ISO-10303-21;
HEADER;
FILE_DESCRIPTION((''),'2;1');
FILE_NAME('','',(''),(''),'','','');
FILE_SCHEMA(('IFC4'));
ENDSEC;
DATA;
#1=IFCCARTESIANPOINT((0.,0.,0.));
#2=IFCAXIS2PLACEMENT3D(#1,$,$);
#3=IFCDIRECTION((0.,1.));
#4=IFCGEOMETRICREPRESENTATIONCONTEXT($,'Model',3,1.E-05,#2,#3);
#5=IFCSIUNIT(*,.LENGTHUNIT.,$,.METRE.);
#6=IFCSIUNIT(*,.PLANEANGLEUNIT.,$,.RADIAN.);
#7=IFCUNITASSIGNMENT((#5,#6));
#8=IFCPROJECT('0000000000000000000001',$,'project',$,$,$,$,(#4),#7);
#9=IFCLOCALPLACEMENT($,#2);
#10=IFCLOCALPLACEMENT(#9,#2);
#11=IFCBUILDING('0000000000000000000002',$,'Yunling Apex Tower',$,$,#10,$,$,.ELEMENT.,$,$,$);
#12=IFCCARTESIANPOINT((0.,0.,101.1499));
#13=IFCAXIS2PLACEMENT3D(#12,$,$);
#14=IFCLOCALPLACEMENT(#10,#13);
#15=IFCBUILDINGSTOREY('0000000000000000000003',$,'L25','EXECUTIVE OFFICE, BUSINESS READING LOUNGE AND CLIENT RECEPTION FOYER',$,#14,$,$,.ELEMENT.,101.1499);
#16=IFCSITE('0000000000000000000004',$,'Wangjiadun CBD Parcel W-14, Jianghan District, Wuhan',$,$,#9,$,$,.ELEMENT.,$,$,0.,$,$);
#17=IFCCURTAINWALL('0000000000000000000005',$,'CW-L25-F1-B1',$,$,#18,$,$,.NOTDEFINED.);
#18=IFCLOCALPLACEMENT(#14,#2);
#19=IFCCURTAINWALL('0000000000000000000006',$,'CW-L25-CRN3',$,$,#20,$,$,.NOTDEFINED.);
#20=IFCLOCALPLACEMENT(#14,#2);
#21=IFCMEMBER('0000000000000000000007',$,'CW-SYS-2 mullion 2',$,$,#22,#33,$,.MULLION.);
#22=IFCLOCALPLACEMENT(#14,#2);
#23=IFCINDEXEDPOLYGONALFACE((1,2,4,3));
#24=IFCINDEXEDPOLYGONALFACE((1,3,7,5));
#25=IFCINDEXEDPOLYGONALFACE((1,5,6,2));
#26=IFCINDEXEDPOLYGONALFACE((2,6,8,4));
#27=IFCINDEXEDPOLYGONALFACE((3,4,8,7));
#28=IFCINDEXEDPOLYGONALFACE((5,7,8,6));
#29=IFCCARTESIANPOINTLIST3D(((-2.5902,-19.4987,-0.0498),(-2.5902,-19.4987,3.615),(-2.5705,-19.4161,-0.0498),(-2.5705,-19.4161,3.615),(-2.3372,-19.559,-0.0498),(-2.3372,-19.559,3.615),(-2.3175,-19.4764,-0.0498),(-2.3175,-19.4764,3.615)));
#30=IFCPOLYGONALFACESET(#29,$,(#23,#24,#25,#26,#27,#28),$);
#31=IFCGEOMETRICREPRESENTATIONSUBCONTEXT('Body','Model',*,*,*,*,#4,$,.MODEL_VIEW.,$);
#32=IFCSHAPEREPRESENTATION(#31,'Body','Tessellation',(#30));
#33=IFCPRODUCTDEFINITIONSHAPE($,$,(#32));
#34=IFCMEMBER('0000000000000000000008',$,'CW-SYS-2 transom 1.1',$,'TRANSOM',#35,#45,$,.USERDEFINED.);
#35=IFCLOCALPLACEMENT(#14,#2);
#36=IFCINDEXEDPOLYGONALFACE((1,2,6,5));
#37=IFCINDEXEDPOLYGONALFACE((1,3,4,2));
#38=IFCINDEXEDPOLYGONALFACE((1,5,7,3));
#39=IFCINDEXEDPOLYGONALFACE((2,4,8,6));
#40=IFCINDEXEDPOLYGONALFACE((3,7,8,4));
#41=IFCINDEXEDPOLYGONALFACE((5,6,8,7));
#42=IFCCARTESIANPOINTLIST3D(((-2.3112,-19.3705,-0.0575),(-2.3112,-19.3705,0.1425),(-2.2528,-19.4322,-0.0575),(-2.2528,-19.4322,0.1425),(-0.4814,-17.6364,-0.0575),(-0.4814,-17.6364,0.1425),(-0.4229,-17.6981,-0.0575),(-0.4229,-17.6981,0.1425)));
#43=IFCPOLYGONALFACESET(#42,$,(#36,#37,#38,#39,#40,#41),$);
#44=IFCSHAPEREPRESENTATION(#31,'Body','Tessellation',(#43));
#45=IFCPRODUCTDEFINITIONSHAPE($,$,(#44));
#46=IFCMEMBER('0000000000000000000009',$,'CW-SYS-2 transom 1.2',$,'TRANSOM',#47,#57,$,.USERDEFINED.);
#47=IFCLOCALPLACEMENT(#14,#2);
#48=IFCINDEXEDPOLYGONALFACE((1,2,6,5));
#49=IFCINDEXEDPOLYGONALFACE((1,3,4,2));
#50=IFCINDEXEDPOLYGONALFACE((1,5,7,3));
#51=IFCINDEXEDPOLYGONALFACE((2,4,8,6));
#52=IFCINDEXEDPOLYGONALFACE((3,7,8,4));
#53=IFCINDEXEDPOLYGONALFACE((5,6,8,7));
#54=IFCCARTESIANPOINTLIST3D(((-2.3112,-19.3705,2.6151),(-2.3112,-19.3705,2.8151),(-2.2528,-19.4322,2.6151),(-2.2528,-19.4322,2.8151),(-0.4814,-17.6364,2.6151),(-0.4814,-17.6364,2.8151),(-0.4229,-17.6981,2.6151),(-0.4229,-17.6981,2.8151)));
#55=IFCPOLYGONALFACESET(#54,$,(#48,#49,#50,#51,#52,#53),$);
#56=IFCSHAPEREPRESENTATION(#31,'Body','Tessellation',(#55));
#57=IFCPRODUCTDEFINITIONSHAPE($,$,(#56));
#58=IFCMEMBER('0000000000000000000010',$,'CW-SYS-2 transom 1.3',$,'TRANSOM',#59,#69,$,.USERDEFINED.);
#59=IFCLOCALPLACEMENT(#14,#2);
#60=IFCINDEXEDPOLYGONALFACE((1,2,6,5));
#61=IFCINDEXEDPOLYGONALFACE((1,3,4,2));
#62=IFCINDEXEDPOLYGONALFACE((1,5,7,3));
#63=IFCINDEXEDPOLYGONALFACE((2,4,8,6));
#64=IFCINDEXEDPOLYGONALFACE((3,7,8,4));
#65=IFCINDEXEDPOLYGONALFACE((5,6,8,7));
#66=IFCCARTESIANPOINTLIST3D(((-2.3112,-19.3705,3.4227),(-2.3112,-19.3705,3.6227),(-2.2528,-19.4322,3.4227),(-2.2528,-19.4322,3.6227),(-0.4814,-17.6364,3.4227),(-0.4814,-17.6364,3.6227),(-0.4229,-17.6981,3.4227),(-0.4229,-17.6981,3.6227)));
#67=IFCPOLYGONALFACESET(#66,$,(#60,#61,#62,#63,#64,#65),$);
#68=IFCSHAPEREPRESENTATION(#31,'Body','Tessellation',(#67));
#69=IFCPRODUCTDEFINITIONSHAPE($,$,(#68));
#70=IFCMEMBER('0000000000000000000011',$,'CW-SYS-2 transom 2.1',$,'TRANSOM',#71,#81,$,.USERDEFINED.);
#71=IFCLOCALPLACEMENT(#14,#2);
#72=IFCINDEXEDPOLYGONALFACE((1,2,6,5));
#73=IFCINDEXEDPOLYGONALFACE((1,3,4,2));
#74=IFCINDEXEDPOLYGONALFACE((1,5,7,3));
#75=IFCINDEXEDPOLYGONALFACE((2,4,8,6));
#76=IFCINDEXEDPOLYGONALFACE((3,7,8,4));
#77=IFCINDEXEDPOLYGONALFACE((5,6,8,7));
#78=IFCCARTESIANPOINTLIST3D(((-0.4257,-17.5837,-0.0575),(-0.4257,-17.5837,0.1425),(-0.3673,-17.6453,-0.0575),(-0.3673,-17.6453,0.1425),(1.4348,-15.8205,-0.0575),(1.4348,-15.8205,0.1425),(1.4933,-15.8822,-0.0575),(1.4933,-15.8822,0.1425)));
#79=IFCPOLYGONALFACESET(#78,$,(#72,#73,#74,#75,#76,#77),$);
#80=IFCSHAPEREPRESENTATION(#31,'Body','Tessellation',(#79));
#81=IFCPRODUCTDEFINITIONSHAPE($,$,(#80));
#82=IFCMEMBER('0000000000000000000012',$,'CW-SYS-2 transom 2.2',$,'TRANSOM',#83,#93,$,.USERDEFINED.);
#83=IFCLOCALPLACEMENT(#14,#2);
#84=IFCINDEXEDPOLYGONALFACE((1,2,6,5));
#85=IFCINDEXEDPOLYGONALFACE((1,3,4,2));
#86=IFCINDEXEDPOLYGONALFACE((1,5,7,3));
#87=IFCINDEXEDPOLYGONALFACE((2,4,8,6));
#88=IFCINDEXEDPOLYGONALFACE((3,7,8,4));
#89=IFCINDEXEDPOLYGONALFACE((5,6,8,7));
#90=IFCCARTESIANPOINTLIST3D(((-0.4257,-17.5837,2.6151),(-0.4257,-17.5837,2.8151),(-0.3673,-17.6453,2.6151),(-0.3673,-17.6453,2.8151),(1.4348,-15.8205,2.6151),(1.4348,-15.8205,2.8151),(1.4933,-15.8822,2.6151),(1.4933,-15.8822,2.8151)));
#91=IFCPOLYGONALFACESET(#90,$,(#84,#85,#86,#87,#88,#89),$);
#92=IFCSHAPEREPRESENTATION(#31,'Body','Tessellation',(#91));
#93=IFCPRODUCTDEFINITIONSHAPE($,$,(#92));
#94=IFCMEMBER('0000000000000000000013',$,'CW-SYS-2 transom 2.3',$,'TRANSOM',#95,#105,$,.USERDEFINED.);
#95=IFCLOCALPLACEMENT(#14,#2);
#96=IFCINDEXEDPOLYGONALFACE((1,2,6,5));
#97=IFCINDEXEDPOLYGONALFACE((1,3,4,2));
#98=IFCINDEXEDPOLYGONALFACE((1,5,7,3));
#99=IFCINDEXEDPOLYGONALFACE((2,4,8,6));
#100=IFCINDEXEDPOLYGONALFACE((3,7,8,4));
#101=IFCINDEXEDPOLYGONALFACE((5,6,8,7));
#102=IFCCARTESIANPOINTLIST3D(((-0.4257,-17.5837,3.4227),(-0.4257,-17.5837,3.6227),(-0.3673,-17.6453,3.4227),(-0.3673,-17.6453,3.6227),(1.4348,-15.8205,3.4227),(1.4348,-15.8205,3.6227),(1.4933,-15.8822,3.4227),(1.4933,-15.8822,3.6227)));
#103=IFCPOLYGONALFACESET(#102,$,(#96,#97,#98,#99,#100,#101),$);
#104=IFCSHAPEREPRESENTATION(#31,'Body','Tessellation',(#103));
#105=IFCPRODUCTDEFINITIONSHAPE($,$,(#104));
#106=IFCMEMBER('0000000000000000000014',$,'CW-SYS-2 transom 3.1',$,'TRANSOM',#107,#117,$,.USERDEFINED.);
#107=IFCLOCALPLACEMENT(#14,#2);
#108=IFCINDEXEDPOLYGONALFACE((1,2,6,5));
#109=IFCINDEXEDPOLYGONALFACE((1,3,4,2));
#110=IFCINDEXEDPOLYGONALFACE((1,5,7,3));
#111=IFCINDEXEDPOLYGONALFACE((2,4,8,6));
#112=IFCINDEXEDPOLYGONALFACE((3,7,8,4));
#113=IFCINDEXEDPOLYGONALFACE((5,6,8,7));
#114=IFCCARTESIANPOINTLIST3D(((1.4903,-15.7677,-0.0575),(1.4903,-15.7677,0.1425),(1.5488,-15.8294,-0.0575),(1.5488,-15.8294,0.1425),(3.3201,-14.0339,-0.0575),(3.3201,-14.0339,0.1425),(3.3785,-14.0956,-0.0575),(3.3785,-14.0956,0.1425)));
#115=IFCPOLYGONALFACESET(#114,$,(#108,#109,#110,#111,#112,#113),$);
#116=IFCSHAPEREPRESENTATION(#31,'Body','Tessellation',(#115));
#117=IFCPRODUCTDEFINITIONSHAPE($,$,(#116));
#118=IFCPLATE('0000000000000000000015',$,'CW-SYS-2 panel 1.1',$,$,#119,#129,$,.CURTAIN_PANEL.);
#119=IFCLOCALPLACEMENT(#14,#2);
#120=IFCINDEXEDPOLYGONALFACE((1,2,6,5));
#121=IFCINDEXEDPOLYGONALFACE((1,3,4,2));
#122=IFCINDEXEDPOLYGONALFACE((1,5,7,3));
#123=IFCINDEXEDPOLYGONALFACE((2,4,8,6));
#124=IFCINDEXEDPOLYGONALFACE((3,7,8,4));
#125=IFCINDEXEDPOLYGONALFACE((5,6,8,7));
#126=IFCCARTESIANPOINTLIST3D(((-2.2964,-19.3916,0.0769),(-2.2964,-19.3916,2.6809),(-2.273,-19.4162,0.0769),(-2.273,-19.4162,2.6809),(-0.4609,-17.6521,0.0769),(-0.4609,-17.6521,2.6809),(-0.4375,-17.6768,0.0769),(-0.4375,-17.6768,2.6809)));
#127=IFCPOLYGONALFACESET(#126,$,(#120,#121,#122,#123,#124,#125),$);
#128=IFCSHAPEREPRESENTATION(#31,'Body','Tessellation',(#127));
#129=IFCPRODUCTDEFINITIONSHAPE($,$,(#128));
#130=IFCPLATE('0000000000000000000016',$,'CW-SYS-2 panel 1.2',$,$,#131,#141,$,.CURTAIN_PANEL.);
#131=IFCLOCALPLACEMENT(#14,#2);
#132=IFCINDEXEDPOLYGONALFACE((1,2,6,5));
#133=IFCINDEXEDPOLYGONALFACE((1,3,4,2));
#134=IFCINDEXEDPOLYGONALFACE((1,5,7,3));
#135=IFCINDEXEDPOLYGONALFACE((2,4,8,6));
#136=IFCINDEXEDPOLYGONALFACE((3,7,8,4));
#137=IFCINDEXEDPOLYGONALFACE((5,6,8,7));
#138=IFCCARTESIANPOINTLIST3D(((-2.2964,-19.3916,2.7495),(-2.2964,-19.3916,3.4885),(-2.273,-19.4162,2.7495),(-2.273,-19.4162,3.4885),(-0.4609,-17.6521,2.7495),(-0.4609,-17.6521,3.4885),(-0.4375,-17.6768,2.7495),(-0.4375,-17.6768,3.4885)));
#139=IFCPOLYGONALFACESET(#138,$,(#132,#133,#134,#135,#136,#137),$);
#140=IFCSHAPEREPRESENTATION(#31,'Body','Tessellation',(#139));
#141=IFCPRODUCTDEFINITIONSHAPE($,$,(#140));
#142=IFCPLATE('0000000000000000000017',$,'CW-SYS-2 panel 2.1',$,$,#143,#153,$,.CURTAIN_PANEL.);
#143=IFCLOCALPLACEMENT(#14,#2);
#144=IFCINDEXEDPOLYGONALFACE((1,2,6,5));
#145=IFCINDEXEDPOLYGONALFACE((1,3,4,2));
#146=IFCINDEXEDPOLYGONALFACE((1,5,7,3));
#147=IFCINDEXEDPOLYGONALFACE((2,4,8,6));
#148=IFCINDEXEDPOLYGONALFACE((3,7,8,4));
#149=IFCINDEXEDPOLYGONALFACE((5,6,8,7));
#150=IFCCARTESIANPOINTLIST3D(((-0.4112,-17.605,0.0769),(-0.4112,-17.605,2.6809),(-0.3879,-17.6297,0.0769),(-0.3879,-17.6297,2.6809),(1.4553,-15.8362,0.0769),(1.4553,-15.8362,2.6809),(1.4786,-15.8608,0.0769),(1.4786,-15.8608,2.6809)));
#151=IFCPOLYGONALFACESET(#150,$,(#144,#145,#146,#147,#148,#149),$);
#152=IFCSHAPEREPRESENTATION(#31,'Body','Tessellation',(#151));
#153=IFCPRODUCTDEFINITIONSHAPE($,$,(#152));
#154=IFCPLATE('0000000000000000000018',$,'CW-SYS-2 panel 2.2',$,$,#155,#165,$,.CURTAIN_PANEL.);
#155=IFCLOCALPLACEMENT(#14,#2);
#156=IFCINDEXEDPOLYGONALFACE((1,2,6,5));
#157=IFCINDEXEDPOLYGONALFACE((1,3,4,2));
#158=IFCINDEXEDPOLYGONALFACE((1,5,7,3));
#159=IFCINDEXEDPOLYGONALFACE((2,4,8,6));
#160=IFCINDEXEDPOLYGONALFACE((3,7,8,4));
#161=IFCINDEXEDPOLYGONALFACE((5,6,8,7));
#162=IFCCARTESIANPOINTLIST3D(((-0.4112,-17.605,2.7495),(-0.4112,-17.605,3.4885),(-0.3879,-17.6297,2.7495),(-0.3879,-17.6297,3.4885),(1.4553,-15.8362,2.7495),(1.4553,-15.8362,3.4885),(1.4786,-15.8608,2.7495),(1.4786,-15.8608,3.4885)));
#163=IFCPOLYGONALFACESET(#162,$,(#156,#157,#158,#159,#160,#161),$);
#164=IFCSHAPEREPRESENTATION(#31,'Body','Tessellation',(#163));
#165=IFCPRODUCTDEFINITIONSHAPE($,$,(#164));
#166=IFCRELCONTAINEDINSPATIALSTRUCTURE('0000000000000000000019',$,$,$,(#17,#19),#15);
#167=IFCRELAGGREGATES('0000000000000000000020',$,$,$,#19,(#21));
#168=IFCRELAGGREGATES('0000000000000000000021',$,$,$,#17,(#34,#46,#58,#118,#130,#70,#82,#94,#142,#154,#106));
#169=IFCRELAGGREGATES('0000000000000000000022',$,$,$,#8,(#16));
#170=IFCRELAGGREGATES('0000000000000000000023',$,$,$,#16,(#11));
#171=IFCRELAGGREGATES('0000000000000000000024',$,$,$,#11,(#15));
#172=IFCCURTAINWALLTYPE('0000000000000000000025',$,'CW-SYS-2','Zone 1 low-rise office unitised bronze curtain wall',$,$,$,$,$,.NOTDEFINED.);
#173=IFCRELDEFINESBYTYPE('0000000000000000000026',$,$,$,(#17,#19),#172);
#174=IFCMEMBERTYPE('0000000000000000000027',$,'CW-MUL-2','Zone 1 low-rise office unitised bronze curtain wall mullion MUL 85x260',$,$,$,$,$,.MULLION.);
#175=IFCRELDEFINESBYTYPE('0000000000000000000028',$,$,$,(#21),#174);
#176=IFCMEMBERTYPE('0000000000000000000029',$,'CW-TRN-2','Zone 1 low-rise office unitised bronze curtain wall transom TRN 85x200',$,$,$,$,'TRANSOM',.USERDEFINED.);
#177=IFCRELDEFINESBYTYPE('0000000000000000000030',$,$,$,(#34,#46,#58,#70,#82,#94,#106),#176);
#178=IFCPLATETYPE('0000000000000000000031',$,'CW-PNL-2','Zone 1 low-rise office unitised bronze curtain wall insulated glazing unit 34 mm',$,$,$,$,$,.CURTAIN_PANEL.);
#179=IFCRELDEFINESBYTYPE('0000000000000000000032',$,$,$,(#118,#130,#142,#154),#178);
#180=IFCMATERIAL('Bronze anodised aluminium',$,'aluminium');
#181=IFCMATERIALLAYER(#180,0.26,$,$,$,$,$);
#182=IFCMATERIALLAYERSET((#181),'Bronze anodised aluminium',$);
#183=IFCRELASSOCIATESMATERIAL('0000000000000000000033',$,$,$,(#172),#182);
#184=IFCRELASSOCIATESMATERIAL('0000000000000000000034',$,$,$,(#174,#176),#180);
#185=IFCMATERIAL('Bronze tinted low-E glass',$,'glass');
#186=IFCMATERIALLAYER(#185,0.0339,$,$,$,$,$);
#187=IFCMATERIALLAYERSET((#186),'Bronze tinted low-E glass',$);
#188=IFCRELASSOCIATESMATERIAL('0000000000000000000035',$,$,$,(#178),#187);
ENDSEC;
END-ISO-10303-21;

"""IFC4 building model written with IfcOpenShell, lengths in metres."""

from ifc_helpers import new_model, si_unit, direction, frame, origin, origin_2d, place, context, subcontext, project, spatial, rectangle, extrude, source, transform, mapped, material, layer, layer_set, material_profile, profile_set, type_object, element, aggregate, save


model = new_model("IFC4")

# Units and contexts
model_context = context("Model", 3, precision=1e-05, world=origin(), true_north=direction((0.0, 1.0)))
body_context = subcontext(model_context, "Body", "Model", "MODEL_VIEW")
ifc_project = project(units=[si_unit("LENGTHUNIT", "METRE"), si_unit("PLANEANGLEUNIT", "RADIAN")], contexts=[model_context])

# Site, building, storey
site_placement = place(None, origin())
site = spatial("IfcSite", under=ifc_project, at=site_placement, Name="Wangjiadun CBD Parcel W-14, Jianghan District, Wuhan", CompositionType="ELEMENT", RefElevation=0.0)
building_placement = place(site_placement, origin())
building = spatial("IfcBuilding", under=site, at=building_placement, Name="Yunling Apex Tower", CompositionType="ELEMENT")
storey_placement = place(building_placement, frame((0.0, 0.0, 101.1499)))
storey = spatial("IfcBuildingStorey", under=building, at=storey_placement, Name="L25", Description="EXECUTIVE OFFICE, BUSINESS READING LOUNGE AND CLIENT RECEPTION FOYER", CompositionType="ELEMENT", Elevation=101.1499)

# Curtain wall
ifc_material_1 = material(Name="Bronze anodised aluminium", Category="aluminium")
ifc_layer_1 = layer(ifc_material_1, 0.26)
ifc_layer_set_1 = layer_set([ifc_layer_1], Name="Bronze anodised aluminium")
curtain_wall_type = type_object("IfcCurtainWallType", Name="CW-SYS-2", Description="Zone 1 low-rise office unitised bronze curtain wall", PredefinedType="NOTDEFINED", material=ifc_layer_set_1)
curtain_wall_1_placement = place(storey_placement, origin())
curtain_wall_1 = element("IfcCurtainWall", 1, at=curtain_wall_1_placement, inside=storey, type_object=curtain_wall_type, Name="CW-L25-F1-B1", PredefinedType="NOTDEFINED")
ifc_material_profile_1 = material_profile(ifc_material_1, rectangle(XDim=0.085, YDim=0.26, at=origin_2d()))
ifc_profile_set_1 = profile_set([ifc_material_profile_1], Name="Bronze anodised aluminium")
member_type_1 = type_object("IfcMemberType", Name="CW-MUL-2", Description="Zone 1 low-rise office unitised bronze curtain wall mullion MUL 85x260", PredefinedType="MULLION", material=ifc_profile_set_1)
shared_shape_1 = source(origin(), body_context, "Body", "SweptSolid", [
    extrude(rectangle(XDim=0.085, YDim=0.26, at=origin_2d()), origin(), (0.0, 0.0, 1.0), 3.6648),
])

# Curtain wall, member
curtain_wall_2_placement = place(storey_placement, origin())
curtain_wall_2 = element("IfcCurtainWall", 2, at=curtain_wall_2_placement, inside=storey, type_object=curtain_wall_type, Name="CW-L25-CRN3", PredefinedType="NOTDEFINED")
member_1_placement = place(storey_placement, frame((-2.4539, -19.4875, -0.0498), z_axis=(0.0, 0.0, 1.0), x_axis=(0.231895, 0.972741, 0.0)))
member_1 = element("IfcMember", 3, at=member_1_placement, type_object=member_type_1, Name="CW-SYS-2 mullion 2", PredefinedType="MULLION", context=body_context, shape_type="MappedRepresentation", body=[
    mapped(shared_shape_1, transform((0.0, 0.0, 0.0), scale=1.0)),
])
aggregate(curtain_wall_2, [member_1])

# Members
ifc_material_profile_2 = material_profile(ifc_material_1, rectangle(XDim=0.085, YDim=0.2, at=origin_2d()))
ifc_profile_set_2 = profile_set([ifc_material_profile_2], Name="Bronze anodised aluminium")
member_type_2 = type_object("IfcMemberType", Name="CW-TRN-2", Description="Zone 1 low-rise office unitised bronze curtain wall transom TRN 85x200", ElementType="TRANSOM", PredefinedType="USERDEFINED", material=ifc_profile_set_2)
shared_shape_2 = source(origin(), body_context, "Body", "SweptSolid", [
    extrude(rectangle(XDim=0.085, YDim=0.2, at=origin_2d()), origin(), (0.0, 0.0, 1.0), 2.521),
])
member_2_placement = place(storey_placement, frame((-2.282, -19.4014, 0.0425), z_axis=(0.725833, 0.687871, 0.0), x_axis=(-0.687871, 0.725833, 0.0)))
member_2 = element("IfcMember", 4, at=member_2_placement, type_object=member_type_2, Name="CW-SYS-2 transom 1.1", ObjectType="TRANSOM", PredefinedType="USERDEFINED", context=body_context, shape_type="MappedRepresentation", body=[
    mapped(shared_shape_2, transform((0.0, 0.0, 0.0), scale=1.0)),
])
member_3_placement = place(storey_placement, frame((-2.282, -19.4014, 2.7151), z_axis=(0.725833, 0.687871, 0.0), x_axis=(-0.687871, 0.725833, 0.0)))
member_3 = element("IfcMember", 5, at=member_3_placement, type_object=member_type_2, Name="CW-SYS-2 transom 1.2", ObjectType="TRANSOM", PredefinedType="USERDEFINED", context=body_context, shape_type="MappedRepresentation", body=[
    mapped(shared_shape_2, transform((0.0, 0.0, 0.0), scale=1.0)),
])
member_4_placement = place(storey_placement, frame((-2.282, -19.4014, 3.5227), z_axis=(0.725833, 0.687871, 0.0), x_axis=(-0.687871, 0.725833, 0.0)))
member_4 = element("IfcMember", 6, at=member_4_placement, type_object=member_type_2, Name="CW-SYS-2 transom 1.3", ObjectType="TRANSOM", PredefinedType="USERDEFINED", context=body_context, shape_type="MappedRepresentation", body=[
    mapped(shared_shape_2, transform((0.0, 0.0, 0.0), scale=1.0)),
])
shared_shape_3 = source(origin(), body_context, "Body", "SweptSolid", [
    extrude(rectangle(XDim=0.085, YDim=0.2, at=origin_2d()), origin(), (0.0, 0.0, 1.0), 2.5632),
])
member_5_placement = place(storey_placement, frame((-0.3965, -17.6145, 0.0425), z_axis=(0.725853, 0.68785, 0.0), x_axis=(-0.68785, 0.725853, 0.0)))
member_5 = element("IfcMember", 7, at=member_5_placement, type_object=member_type_2, Name="CW-SYS-2 transom 2.1", ObjectType="TRANSOM", PredefinedType="USERDEFINED", context=body_context, shape_type="MappedRepresentation", body=[
    mapped(shared_shape_3, transform((0.0, 0.0, 0.0), scale=1.0)),
])
member_6_placement = place(storey_placement, frame((-0.3965, -17.6145, 2.7151), z_axis=(0.725853, 0.68785, 0.0), x_axis=(-0.68785, 0.725853, 0.0)))
member_6 = element("IfcMember", 8, at=member_6_placement, type_object=member_type_2, Name="CW-SYS-2 transom 2.2", ObjectType="TRANSOM", PredefinedType="USERDEFINED", context=body_context, shape_type="MappedRepresentation", body=[
    mapped(shared_shape_3, transform((0.0, 0.0, 0.0), scale=1.0)),
])
member_7_placement = place(storey_placement, frame((-0.3965, -17.6145, 3.5227), z_axis=(0.725853, 0.68785, 0.0), x_axis=(-0.68785, 0.725853, 0.0)))
member_7 = element("IfcMember", 9, at=member_7_placement, type_object=member_type_2, Name="CW-SYS-2 transom 2.3", ObjectType="TRANSOM", PredefinedType="USERDEFINED", context=body_context, shape_type="MappedRepresentation", body=[
    mapped(shared_shape_3, transform((0.0, 0.0, 0.0), scale=1.0)),
])
shared_shape_4 = source(origin(), body_context, "Body", "SweptSolid", [
    extrude(rectangle(XDim=0.085, YDim=0.2, at=origin_2d()), origin(), (0.0, 0.0, 1.0), 2.5208),
])
member_8_placement = place(storey_placement, frame((1.5195, -15.7986, 0.0425), z_axis=(0.725881, 0.68782, 0.0), x_axis=(-0.68782, 0.725881, 0.0)))
member_8 = element("IfcMember", 10, at=member_8_placement, type_object=member_type_2, Name="CW-SYS-2 transom 3.1", ObjectType="TRANSOM", PredefinedType="USERDEFINED", context=body_context, shape_type="MappedRepresentation", body=[
    mapped(shared_shape_4, transform((0.0, 0.0, 0.0), scale=1.0)),
])

# Plates
ifc_material_2 = material(Name="Bronze tinted low-E glass", Category="glass")
ifc_layer_2 = layer(ifc_material_2, 0.0339)
ifc_layer_set_2 = layer_set([ifc_layer_2], Name="Bronze tinted low-E glass")
plate_type = type_object("IfcPlateType", Name="CW-PNL-2", Description="Zone 1 low-rise office unitised bronze curtain wall insulated glazing unit 34 mm", PredefinedType="CURTAIN_PANEL", material=ifc_layer_set_2)
shared_shape_5 = source(origin(), body_context, "Body", "SweptSolid", [
    extrude(rectangle(XDim=2.5288, YDim=0.0339, at=origin_2d()), origin(), (0.0, 0.0, 1.0), 2.604),
])
plate_1_placement = place(storey_placement, frame((-1.3669, -18.5342, 0.0769), z_axis=(0.0, 0.0, 1.0), x_axis=(0.725842, 0.687861, 0.0)))
plate_1 = element("IfcPlate", 11, at=plate_1_placement, type_object=plate_type, Name="CW-SYS-2 panel 1.1", PredefinedType="CURTAIN_PANEL", context=body_context, shape_type="MappedRepresentation", body=[
    mapped(shared_shape_5, transform((0.0, 0.0, 0.0), scale=1.0)),
])
shared_shape_6 = source(origin(), body_context, "Body", "SweptSolid", [
    extrude(rectangle(XDim=2.5288, YDim=0.0339, at=origin_2d()), origin(), (0.0, 0.0, 1.0), 0.739),
])
plate_2_placement = place(storey_placement, frame((-1.3669, -18.5342, 2.7495), z_axis=(0.0, 0.0, 1.0), x_axis=(0.725842, 0.687861, 0.0)))
plate_2 = element("IfcPlate", 12, at=plate_2_placement, type_object=plate_type, Name="CW-SYS-2 panel 1.2", PredefinedType="CURTAIN_PANEL", context=body_context, shape_type="MappedRepresentation", body=[
    mapped(shared_shape_6, transform((0.0, 0.0, 0.0), scale=1.0)),
])
shared_shape_7 = source(origin(), body_context, "Body", "SweptSolid", [
    extrude(rectangle(XDim=2.5715, YDim=0.0339, at=origin_2d()), origin(), (0.0, 0.0, 1.0), 2.604),
])
plate_3_placement = place(storey_placement, frame((0.5337, -16.7329, 0.0769), z_axis=(0.0, 0.0, 1.0), x_axis=(0.725842, 0.687861, 0.0)))
plate_3 = element("IfcPlate", 13, at=plate_3_placement, type_object=plate_type, Name="CW-SYS-2 panel 2.1", PredefinedType="CURTAIN_PANEL", context=body_context, shape_type="MappedRepresentation", body=[
    mapped(shared_shape_7, transform((0.0, 0.0, 0.0), scale=1.0)),
])
shared_shape_8 = source(origin(), body_context, "Body", "SweptSolid", [
    extrude(rectangle(XDim=2.5715, YDim=0.0339, at=origin_2d()), origin(), (0.0, 0.0, 1.0), 0.739),
])
plate_4_placement = place(storey_placement, frame((0.5337, -16.7329, 2.7495), z_axis=(0.0, 0.0, 1.0), x_axis=(0.725842, 0.687861, 0.0)))
plate_4 = element("IfcPlate", 14, at=plate_4_placement, type_object=plate_type, Name="CW-SYS-2 panel 2.2", PredefinedType="CURTAIN_PANEL", context=body_context, shape_type="MappedRepresentation", body=[
    mapped(shared_shape_8, transform((0.0, 0.0, 0.0), scale=1.0)),
])
aggregate(curtain_wall_1, [member_2, member_3, member_4, plate_1, plate_2, member_5, member_6, member_7, plate_3, plate_4, member_8])

save(model, "model.ifc")
